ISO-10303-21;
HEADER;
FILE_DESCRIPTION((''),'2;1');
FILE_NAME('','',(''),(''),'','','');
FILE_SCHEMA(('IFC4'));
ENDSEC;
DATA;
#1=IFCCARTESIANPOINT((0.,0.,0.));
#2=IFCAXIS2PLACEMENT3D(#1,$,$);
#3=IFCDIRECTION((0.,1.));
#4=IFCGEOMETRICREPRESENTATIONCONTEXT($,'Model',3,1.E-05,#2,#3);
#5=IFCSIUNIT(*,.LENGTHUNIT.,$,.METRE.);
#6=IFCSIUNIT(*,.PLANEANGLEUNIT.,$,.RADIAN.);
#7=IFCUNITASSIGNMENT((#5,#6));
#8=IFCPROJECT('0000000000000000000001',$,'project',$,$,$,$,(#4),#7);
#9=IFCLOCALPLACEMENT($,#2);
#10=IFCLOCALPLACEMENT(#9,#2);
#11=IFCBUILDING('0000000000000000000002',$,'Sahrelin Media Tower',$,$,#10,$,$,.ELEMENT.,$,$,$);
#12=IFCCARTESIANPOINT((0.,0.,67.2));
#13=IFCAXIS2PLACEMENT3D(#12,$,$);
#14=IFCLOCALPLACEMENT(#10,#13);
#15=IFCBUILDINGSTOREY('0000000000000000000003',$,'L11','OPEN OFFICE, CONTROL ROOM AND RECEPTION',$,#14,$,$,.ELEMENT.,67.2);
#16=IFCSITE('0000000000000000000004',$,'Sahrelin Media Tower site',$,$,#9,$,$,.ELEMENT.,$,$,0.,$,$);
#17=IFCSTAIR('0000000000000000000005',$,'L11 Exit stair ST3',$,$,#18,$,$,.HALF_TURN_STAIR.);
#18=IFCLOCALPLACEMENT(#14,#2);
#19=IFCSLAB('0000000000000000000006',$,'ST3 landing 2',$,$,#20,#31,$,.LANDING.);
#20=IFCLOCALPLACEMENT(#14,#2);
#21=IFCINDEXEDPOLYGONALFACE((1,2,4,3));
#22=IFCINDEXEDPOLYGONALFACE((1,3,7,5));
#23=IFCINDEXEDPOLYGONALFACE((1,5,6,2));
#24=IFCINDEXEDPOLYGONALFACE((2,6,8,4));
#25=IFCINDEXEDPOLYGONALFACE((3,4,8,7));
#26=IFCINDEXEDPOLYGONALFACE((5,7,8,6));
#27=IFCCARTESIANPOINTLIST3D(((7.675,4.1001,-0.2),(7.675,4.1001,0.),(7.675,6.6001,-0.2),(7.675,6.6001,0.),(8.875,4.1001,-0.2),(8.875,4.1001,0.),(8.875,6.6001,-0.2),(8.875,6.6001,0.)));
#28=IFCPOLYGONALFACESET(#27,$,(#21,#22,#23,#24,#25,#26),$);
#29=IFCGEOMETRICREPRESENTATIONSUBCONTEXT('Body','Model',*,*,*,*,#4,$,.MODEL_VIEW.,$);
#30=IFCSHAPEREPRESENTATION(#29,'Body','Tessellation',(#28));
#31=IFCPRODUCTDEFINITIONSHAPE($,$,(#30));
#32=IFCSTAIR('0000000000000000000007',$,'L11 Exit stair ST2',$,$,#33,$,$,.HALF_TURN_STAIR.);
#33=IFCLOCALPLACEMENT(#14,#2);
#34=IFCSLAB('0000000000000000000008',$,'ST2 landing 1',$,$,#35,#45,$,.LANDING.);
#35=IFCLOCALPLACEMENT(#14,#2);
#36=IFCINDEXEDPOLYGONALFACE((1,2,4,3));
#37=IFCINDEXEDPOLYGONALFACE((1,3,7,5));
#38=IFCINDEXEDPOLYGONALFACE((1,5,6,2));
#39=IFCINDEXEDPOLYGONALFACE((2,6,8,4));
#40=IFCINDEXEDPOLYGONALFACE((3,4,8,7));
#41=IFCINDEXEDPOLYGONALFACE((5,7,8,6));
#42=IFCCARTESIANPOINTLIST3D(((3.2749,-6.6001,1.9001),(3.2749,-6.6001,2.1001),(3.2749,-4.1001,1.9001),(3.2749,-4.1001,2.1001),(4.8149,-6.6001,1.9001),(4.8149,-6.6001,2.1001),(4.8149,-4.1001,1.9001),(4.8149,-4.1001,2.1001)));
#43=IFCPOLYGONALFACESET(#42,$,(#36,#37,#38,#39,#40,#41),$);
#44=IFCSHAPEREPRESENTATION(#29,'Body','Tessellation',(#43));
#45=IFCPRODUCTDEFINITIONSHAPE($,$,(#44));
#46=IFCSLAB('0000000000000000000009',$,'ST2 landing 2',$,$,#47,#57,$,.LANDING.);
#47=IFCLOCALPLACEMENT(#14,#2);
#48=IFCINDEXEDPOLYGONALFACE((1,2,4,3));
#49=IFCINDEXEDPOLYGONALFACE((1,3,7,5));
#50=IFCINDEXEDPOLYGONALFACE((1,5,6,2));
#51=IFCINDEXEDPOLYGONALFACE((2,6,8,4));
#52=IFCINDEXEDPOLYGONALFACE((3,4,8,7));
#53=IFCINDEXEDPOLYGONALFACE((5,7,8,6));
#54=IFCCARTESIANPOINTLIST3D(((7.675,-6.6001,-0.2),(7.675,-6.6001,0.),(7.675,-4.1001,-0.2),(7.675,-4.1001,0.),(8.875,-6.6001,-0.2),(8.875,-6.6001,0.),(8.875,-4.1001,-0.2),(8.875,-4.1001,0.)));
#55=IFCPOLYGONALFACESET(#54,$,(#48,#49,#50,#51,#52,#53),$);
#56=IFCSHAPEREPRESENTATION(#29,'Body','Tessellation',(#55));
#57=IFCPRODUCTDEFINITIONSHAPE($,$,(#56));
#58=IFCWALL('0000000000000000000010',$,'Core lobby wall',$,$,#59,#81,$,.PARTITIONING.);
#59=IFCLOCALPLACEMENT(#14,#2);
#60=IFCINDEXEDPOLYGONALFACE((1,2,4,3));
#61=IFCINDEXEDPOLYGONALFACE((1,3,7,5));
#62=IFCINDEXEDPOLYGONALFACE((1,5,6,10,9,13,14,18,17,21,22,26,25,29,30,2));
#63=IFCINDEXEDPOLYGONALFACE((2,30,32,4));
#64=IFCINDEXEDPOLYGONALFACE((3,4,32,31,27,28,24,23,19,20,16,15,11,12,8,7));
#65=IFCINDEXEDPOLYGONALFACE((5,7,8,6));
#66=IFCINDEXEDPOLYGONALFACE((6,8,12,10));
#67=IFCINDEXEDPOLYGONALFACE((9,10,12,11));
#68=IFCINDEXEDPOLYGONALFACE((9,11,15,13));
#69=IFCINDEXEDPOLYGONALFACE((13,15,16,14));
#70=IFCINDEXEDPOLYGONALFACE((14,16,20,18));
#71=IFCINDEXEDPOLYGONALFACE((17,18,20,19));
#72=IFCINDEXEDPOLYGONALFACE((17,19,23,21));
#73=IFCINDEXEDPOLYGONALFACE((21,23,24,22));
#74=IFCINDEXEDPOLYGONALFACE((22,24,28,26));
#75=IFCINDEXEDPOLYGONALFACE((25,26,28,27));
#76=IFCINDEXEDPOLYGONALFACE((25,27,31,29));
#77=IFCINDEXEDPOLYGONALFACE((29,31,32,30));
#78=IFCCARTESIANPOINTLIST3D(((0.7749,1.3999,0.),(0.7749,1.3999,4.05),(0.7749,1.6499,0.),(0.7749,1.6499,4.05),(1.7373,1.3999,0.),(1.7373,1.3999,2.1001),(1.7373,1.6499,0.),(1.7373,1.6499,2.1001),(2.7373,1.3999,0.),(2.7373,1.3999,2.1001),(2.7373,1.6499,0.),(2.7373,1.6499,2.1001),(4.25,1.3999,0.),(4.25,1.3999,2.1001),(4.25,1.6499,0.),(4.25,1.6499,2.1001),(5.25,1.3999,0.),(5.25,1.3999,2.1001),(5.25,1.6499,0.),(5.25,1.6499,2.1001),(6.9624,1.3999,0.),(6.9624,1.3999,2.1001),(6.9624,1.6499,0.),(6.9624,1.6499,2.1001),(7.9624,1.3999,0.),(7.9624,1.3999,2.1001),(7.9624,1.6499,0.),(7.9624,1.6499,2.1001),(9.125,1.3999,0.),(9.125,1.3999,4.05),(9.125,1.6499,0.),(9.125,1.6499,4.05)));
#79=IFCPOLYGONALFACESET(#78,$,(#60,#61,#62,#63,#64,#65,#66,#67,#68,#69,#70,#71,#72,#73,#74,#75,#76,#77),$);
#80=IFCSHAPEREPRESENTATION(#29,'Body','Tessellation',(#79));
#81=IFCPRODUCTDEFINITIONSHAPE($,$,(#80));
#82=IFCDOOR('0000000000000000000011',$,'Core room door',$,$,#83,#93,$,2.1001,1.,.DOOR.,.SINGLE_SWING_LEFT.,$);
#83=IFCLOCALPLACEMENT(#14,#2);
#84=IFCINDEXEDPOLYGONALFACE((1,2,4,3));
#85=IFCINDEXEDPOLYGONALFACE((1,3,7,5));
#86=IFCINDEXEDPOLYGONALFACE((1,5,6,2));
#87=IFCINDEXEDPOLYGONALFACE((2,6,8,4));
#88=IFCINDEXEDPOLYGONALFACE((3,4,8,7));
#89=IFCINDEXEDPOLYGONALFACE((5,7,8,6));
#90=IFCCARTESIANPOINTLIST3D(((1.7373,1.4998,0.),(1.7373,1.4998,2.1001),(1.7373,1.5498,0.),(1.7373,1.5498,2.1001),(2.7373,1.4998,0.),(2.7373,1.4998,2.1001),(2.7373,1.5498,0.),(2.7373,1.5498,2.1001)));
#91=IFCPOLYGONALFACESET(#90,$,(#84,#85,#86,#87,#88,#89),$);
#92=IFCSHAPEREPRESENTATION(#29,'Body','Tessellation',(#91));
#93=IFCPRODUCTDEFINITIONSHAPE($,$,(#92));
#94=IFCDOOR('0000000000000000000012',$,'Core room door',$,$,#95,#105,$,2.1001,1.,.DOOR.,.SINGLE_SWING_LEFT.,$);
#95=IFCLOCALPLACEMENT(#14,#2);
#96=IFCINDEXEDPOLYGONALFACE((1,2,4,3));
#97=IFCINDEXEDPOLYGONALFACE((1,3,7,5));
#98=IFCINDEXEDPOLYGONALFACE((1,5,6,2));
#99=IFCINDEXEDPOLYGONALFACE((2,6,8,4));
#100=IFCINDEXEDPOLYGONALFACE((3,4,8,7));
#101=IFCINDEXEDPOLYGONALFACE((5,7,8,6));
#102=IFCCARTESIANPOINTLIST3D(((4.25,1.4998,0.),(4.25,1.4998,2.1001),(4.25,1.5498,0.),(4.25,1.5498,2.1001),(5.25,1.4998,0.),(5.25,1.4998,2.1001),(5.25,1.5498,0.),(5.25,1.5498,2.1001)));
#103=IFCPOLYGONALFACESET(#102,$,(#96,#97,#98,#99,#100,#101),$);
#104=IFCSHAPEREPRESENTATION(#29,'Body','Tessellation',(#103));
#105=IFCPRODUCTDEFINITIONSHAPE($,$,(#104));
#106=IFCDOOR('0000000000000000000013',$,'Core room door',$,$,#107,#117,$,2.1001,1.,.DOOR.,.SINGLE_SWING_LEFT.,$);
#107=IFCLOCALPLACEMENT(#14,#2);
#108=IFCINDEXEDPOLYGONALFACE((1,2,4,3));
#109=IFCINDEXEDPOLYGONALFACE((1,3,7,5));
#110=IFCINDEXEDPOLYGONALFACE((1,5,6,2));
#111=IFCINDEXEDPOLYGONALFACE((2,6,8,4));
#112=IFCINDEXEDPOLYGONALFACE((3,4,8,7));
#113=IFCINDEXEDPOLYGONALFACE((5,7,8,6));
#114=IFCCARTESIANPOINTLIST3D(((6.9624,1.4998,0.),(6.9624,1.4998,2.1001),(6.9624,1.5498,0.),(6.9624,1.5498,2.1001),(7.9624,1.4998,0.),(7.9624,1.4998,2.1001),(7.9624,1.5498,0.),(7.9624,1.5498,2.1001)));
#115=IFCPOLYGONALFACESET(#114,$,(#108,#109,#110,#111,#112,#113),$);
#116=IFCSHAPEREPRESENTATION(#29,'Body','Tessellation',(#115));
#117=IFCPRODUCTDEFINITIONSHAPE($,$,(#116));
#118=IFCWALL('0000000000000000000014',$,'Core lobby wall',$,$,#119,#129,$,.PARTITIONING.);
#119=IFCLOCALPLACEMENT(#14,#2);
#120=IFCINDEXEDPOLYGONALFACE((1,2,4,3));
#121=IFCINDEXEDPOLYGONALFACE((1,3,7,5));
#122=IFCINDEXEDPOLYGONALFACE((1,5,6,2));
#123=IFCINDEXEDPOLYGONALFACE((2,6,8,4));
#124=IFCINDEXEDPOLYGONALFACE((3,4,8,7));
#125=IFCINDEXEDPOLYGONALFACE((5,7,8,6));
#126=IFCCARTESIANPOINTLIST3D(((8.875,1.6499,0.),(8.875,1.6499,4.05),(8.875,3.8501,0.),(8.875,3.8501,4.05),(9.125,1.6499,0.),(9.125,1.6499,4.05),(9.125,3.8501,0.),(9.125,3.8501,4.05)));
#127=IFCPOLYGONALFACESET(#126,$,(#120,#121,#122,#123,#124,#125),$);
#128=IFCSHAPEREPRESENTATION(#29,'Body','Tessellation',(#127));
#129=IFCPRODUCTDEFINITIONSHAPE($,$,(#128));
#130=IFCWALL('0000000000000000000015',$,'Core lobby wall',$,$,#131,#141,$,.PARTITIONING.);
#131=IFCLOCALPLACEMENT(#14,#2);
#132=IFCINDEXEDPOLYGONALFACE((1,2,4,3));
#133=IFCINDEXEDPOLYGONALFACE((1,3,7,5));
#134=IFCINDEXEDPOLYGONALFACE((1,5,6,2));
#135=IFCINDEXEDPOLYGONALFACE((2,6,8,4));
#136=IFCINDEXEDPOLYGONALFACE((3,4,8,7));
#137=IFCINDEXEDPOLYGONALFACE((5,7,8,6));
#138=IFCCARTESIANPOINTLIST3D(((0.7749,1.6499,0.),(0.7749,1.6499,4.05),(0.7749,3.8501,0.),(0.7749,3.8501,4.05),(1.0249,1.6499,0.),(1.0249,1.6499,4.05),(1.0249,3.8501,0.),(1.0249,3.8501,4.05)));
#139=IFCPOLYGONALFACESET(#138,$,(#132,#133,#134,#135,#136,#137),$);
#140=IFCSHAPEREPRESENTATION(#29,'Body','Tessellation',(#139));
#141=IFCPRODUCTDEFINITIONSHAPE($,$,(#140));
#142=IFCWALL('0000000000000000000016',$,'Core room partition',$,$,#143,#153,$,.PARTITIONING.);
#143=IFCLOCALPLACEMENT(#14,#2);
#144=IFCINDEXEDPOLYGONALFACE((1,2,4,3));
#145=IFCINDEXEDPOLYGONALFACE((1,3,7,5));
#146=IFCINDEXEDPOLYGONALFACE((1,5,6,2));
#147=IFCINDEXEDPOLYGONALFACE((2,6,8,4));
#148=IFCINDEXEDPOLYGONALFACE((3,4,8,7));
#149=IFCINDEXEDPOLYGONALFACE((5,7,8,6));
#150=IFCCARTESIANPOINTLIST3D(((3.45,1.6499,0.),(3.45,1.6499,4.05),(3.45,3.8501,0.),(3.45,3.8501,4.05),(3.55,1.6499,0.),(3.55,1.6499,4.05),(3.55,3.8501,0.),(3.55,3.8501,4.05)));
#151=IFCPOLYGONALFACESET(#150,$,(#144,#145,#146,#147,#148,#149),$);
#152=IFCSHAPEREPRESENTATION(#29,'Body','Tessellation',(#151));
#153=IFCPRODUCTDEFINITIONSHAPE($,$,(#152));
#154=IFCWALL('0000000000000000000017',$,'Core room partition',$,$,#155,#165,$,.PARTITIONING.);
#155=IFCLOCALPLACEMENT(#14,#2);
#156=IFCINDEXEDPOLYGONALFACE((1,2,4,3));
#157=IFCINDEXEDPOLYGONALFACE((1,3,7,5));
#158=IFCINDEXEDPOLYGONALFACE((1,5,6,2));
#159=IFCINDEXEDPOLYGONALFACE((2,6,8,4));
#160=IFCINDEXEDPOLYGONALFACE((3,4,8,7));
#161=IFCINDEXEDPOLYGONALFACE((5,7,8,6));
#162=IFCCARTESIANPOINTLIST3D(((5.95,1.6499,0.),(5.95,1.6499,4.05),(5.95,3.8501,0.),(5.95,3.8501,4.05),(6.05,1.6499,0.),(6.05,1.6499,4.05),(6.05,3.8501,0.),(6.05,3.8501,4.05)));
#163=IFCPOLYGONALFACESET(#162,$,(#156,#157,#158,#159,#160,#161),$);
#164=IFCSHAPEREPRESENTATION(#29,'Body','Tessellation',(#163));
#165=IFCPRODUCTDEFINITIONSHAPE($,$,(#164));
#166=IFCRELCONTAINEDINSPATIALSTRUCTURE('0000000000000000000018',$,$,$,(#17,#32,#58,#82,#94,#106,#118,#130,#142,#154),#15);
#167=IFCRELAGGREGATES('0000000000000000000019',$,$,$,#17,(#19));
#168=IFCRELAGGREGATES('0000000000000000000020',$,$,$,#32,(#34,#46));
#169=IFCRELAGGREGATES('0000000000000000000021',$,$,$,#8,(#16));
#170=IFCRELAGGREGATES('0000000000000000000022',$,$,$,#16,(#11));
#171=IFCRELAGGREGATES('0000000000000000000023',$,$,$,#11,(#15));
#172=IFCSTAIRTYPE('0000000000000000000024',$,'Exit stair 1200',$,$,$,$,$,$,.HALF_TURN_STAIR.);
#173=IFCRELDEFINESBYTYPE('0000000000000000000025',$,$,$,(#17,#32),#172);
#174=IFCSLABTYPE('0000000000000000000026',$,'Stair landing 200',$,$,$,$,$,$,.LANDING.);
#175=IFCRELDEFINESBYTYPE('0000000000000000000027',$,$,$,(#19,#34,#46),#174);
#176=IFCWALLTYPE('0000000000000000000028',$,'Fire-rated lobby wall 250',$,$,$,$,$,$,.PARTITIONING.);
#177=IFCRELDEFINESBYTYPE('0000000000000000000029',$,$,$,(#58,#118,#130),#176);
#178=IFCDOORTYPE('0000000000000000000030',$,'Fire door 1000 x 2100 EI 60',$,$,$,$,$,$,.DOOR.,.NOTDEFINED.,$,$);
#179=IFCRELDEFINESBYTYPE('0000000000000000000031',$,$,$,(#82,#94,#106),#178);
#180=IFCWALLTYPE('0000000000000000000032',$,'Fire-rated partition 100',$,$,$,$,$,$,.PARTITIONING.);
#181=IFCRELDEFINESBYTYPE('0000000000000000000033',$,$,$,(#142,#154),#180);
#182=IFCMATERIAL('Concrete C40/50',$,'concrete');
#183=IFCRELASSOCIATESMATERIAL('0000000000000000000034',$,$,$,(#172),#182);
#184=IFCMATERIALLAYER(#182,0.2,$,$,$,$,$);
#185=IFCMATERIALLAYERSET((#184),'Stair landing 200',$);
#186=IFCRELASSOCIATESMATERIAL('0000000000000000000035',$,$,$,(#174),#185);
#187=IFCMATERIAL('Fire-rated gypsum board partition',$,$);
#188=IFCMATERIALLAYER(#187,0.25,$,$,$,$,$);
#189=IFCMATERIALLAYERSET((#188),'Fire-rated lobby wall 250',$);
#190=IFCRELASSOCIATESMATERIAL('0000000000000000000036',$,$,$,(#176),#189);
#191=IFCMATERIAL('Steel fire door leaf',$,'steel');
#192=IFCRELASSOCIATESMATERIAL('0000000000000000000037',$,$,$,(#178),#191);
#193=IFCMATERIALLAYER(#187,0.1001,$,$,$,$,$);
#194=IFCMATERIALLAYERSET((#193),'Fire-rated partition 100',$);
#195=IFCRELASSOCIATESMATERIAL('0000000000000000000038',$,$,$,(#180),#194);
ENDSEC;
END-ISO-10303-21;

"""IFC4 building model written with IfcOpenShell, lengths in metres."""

from ifc_helpers import new_model, si_unit, direction, frame, frame_2d, origin, place, context, subcontext, project, spatial, polyline, rectangle, outline, extrude, material, layer, layer_set, type_object, element, fill, aggregate, save


model = new_model("IFC4")

# Units and contexts
model_context = context("Model", 3, precision=1e-05, world=origin(), true_north=direction((0.0, 1.0)))
body_context = subcontext(model_context, "Body", "Model", "MODEL_VIEW")
ifc_project = project(units=[si_unit("LENGTHUNIT", "METRE"), si_unit("PLANEANGLEUNIT", "RADIAN")], contexts=[model_context])

# Site, building, storey
site_placement = place(None, origin())
site = spatial("IfcSite", under=ifc_project, at=site_placement, Name="Sahrelin Media Tower site", CompositionType="ELEMENT", RefElevation=0.0)
building_placement = place(site_placement, origin())
building = spatial("IfcBuilding", under=site, at=building_placement, Name="Sahrelin Media Tower", CompositionType="ELEMENT")
storey_placement = place(building_placement, frame((0.0, 0.0, 67.2)))
storey = spatial("IfcBuildingStorey", under=building, at=storey_placement, Name="L11", Description="OPEN OFFICE, CONTROL ROOM AND RECEPTION", CompositionType="ELEMENT", Elevation=67.2)

# Shared definitions
ifc_material_1 = material(Name="Concrete C40/50", Category="concrete")
placement_1 = place(storey_placement, frame((0.0, 0.0, -0.2)))

# Stairs, slabs
stair_type = type_object("IfcStairType", Name="Exit stair 1200", PredefinedType="HALF_TURN_STAIR", material=ifc_material_1)
placement_2 = place(storey_placement, origin())
ifc_layer_1 = layer(ifc_material_1, 0.2)
ifc_layer_set_1 = layer_set([ifc_layer_1], Name="Stair landing 200")
slab_type_1 = type_object("IfcSlabType", Name="Stair landing 200", PredefinedType="LANDING", material=ifc_layer_set_1)
placement_3 = place(storey_placement, frame((0.0, 0.0, 1.9001)))
stair_1 = element("IfcStair", 1, at=placement_2, inside=storey, type_object=stair_type, Name="L11 Exit stair ST3", PredefinedType="HALF_TURN_STAIR")
slab_1 = element("IfcSlab", 2, at=placement_1, type_object=slab_type_1, Name="ST3 landing 2", PredefinedType="LANDING", context=body_context, shape_type="SweptSolid", body=[
    extrude(outline(polyline([(8.875, 6.6001), (7.675, 6.6001), (7.675, 4.1001), (8.875, 4.1001), (8.875, 6.6001)])), origin(), (0.0, 0.0, 1.0), 0.2),
])
aggregate(stair_1, [slab_1])
stair_2 = element("IfcStair", 3, at=placement_2, inside=storey, type_object=stair_type, Name="L11 Exit stair ST2", PredefinedType="HALF_TURN_STAIR")
slab_2 = element("IfcSlab", 4, at=placement_3, type_object=slab_type_1, Name="ST2 landing 1", PredefinedType="LANDING", context=body_context, shape_type="SweptSolid", body=[
    extrude(outline(polyline([(4.8149, -4.1001), (3.2749, -4.1001), (3.2749, -6.6001), (4.8149, -6.6001), (4.8149, -4.1001)])), origin(), (0.0, 0.0, 1.0), 0.2),
])
slab_3 = element("IfcSlab", 5, at=placement_1, type_object=slab_type_1, Name="ST2 landing 2", PredefinedType="LANDING", context=body_context, shape_type="SweptSolid", body=[
    extrude(outline(polyline([(8.875, -4.1001), (7.675, -4.1001), (7.675, -6.6001), (8.875, -6.6001), (8.875, -4.1001)])), origin(), (0.0, 0.0, 1.0), 0.2),
])
aggregate(stair_2, [slab_2, slab_3])

# Wall, openings, doors
ifc_material_2 = material(Name="Fire-rated gypsum board partition")
ifc_layer_2 = layer(ifc_material_2, 0.25)
ifc_layer_set_2 = layer_set([ifc_layer_2], Name="Fire-rated lobby wall 250")
wall_type_1 = type_object("IfcWallType", Name="Fire-rated lobby wall 250", PredefinedType="PARTITIONING", material=ifc_layer_set_2)
wall_1_placement = place(storey_placement, frame((0.7749, 1.5249, 0.0), z_axis=(0.0, 0.0, 1.0), x_axis=(1.0, 0.0, 0.0)))
wall_1 = element("IfcWall", 6, at=wall_1_placement, inside=storey, type_object=wall_type_1, Name="Core lobby wall", PredefinedType="PARTITIONING", context=body_context, shape_type="SweptSolid", body=[
    extrude(rectangle(XDim=8.3501, YDim=0.25, at=frame_2d((4.175, 0.0))), origin(), (0.0, 0.0, 1.0), 4.05),
])
opening_1_placement = place(wall_1_placement, frame((0.9624, 0.0, 0.0)))
opening_1 = element("IfcOpeningElement", 7, at=opening_1_placement, cuts=wall_1, PredefinedType="OPENING", context=body_context, shape_type="SweptSolid", body=[
    extrude(rectangle(XDim=1.0, YDim=2.1001, at=frame_2d((0.5, 1.05))), frame((0.0, 0.125, 0.0), z_axis=(0.0, -1.0, 0.0), x_axis=(1.0, 0.0, 0.0)), (0.0, 0.0, 1.0), 0.25),
])
opening_2_placement = place(wall_1_placement, frame((3.4751, 0.0, 0.0)))
opening_2 = element("IfcOpeningElement", 8, at=opening_2_placement, cuts=wall_1, PredefinedType="OPENING", context=body_context, shape_type="SweptSolid", body=[
    extrude(rectangle(XDim=1.0, YDim=2.1001, at=frame_2d((0.5, 1.05))), frame((0.0, 0.125, 0.0), z_axis=(0.0, -1.0, 0.0), x_axis=(1.0, 0.0, 0.0)), (0.0, 0.0, 1.0), 0.25),
])
opening_3_placement = place(wall_1_placement, frame((6.1875, 0.0, 0.0)))
opening_3 = element("IfcOpeningElement", 9, at=opening_3_placement, cuts=wall_1, PredefinedType="OPENING", context=body_context, shape_type="SweptSolid", body=[
    extrude(rectangle(XDim=1.0, YDim=2.1001, at=frame_2d((0.5, 1.05))), frame((0.0, 0.125, 0.0), z_axis=(0.0, -1.0, 0.0), x_axis=(1.0, 0.0, 0.0)), (0.0, 0.0, 1.0), 0.25),
])
ifc_material_3 = material(Name="Steel fire door leaf", Category="steel")
door_type_1 = type_object("IfcDoorType", Name="Fire door 1000 x 2100 EI 60", OperationType="NOTDEFINED", PredefinedType="DOOR", material=ifc_material_3)
door_1_placement = place(opening_1_placement, origin())
door_1 = element("IfcDoor", 10, at=door_1_placement, inside=storey, type_object=door_type_1, Name="Core room door", OperationType="SINGLE_SWING_LEFT", OverallHeight=2.1001, OverallWidth=1.0, PredefinedType="DOOR", context=body_context, shape_type="SweptSolid", body=[
    extrude(rectangle(XDim=1.0, YDim=2.1001, at=frame_2d((0.5, 1.05))), frame((0.0, 0.0249, 0.0), z_axis=(0.0, -1.0, 0.0), x_axis=(1.0, 0.0, 0.0)), (0.0, 0.0, 1.0), 0.05),
])
fill(opening_1, door_1)
door_2_placement = place(opening_2_placement, origin())
door_2 = element("IfcDoor", 11, at=door_2_placement, inside=storey, type_object=door_type_1, Name="Core room door", OperationType="SINGLE_SWING_LEFT", OverallHeight=2.1001, OverallWidth=1.0, PredefinedType="DOOR", context=body_context, shape_type="SweptSolid", body=[
    extrude(rectangle(XDim=1.0, YDim=2.1001, at=frame_2d((0.5, 1.05))), frame((0.0, 0.0249, 0.0), z_axis=(0.0, -1.0, 0.0), x_axis=(1.0, 0.0, 0.0)), (0.0, 0.0, 1.0), 0.05),
])
fill(opening_2, door_2)
door_3_placement = place(opening_3_placement, origin())
door_3 = element("IfcDoor", 12, at=door_3_placement, inside=storey, type_object=door_type_1, Name="Core room door", OperationType="SINGLE_SWING_LEFT", OverallHeight=2.1001, OverallWidth=1.0, PredefinedType="DOOR", context=body_context, shape_type="SweptSolid", body=[
    extrude(rectangle(XDim=1.0, YDim=2.1001, at=frame_2d((0.5, 1.05))), frame((0.0, 0.0249, 0.0), z_axis=(0.0, -1.0, 0.0), x_axis=(1.0, 0.0, 0.0)), (0.0, 0.0, 1.0), 0.05),
])
fill(opening_3, door_3)

# Walls
for number, where, z_axis, x_axis, name in (
    (13, (9.0, 1.6499, 0.0), (0.0, 0.0, 1.0), (0.0, 1.0, 0.0), "Core lobby wall"),
    (14, (0.8999, 1.6499, 0.0), (0.0, 0.0, 1.0), (0.0, 1.0, 0.0), "Core lobby wall"),
):
    element("IfcWall", number, at=place(storey_placement, frame(where, z_axis=z_axis, x_axis=x_axis)), inside=storey, type_object=wall_type_1, Name=name, PredefinedType="PARTITIONING", context=body_context, shape_type="SweptSolid", body=[
        extrude(rectangle(XDim=2.2002, YDim=0.25, at=frame_2d((1.1001, 0.0))), origin(), (0.0, 0.0, 1.0), 4.05),
    ])
ifc_layer_3 = layer(ifc_material_2, 0.1001)
ifc_layer_set_3 = layer_set([ifc_layer_3], Name="Fire-rated partition 100")
wall_type_2 = type_object("IfcWallType", Name="Fire-rated partition 100", PredefinedType="PARTITIONING", material=ifc_layer_set_3)
for number, where, z_axis, x_axis, name in (
    (15, (3.5, 1.6499, 0.0), (0.0, 0.0, 1.0), (0.0, 1.0, 0.0), "Core room partition"),
    (16, (6.0, 1.6499, 0.0), (0.0, 0.0, 1.0), (0.0, 1.0, 0.0), "Core room partition"),
):
    element("IfcWall", number, at=place(storey_placement, frame(where, z_axis=z_axis, x_axis=x_axis)), inside=storey, type_object=wall_type_2, Name=name, PredefinedType="PARTITIONING", context=body_context, shape_type="SweptSolid", body=[
        extrude(rectangle(XDim=2.2002, YDim=0.1001, at=frame_2d((1.1001, 0.0))), origin(), (0.0, 0.0, 1.0), 4.05),
    ])

save(model, "model.ifc")
